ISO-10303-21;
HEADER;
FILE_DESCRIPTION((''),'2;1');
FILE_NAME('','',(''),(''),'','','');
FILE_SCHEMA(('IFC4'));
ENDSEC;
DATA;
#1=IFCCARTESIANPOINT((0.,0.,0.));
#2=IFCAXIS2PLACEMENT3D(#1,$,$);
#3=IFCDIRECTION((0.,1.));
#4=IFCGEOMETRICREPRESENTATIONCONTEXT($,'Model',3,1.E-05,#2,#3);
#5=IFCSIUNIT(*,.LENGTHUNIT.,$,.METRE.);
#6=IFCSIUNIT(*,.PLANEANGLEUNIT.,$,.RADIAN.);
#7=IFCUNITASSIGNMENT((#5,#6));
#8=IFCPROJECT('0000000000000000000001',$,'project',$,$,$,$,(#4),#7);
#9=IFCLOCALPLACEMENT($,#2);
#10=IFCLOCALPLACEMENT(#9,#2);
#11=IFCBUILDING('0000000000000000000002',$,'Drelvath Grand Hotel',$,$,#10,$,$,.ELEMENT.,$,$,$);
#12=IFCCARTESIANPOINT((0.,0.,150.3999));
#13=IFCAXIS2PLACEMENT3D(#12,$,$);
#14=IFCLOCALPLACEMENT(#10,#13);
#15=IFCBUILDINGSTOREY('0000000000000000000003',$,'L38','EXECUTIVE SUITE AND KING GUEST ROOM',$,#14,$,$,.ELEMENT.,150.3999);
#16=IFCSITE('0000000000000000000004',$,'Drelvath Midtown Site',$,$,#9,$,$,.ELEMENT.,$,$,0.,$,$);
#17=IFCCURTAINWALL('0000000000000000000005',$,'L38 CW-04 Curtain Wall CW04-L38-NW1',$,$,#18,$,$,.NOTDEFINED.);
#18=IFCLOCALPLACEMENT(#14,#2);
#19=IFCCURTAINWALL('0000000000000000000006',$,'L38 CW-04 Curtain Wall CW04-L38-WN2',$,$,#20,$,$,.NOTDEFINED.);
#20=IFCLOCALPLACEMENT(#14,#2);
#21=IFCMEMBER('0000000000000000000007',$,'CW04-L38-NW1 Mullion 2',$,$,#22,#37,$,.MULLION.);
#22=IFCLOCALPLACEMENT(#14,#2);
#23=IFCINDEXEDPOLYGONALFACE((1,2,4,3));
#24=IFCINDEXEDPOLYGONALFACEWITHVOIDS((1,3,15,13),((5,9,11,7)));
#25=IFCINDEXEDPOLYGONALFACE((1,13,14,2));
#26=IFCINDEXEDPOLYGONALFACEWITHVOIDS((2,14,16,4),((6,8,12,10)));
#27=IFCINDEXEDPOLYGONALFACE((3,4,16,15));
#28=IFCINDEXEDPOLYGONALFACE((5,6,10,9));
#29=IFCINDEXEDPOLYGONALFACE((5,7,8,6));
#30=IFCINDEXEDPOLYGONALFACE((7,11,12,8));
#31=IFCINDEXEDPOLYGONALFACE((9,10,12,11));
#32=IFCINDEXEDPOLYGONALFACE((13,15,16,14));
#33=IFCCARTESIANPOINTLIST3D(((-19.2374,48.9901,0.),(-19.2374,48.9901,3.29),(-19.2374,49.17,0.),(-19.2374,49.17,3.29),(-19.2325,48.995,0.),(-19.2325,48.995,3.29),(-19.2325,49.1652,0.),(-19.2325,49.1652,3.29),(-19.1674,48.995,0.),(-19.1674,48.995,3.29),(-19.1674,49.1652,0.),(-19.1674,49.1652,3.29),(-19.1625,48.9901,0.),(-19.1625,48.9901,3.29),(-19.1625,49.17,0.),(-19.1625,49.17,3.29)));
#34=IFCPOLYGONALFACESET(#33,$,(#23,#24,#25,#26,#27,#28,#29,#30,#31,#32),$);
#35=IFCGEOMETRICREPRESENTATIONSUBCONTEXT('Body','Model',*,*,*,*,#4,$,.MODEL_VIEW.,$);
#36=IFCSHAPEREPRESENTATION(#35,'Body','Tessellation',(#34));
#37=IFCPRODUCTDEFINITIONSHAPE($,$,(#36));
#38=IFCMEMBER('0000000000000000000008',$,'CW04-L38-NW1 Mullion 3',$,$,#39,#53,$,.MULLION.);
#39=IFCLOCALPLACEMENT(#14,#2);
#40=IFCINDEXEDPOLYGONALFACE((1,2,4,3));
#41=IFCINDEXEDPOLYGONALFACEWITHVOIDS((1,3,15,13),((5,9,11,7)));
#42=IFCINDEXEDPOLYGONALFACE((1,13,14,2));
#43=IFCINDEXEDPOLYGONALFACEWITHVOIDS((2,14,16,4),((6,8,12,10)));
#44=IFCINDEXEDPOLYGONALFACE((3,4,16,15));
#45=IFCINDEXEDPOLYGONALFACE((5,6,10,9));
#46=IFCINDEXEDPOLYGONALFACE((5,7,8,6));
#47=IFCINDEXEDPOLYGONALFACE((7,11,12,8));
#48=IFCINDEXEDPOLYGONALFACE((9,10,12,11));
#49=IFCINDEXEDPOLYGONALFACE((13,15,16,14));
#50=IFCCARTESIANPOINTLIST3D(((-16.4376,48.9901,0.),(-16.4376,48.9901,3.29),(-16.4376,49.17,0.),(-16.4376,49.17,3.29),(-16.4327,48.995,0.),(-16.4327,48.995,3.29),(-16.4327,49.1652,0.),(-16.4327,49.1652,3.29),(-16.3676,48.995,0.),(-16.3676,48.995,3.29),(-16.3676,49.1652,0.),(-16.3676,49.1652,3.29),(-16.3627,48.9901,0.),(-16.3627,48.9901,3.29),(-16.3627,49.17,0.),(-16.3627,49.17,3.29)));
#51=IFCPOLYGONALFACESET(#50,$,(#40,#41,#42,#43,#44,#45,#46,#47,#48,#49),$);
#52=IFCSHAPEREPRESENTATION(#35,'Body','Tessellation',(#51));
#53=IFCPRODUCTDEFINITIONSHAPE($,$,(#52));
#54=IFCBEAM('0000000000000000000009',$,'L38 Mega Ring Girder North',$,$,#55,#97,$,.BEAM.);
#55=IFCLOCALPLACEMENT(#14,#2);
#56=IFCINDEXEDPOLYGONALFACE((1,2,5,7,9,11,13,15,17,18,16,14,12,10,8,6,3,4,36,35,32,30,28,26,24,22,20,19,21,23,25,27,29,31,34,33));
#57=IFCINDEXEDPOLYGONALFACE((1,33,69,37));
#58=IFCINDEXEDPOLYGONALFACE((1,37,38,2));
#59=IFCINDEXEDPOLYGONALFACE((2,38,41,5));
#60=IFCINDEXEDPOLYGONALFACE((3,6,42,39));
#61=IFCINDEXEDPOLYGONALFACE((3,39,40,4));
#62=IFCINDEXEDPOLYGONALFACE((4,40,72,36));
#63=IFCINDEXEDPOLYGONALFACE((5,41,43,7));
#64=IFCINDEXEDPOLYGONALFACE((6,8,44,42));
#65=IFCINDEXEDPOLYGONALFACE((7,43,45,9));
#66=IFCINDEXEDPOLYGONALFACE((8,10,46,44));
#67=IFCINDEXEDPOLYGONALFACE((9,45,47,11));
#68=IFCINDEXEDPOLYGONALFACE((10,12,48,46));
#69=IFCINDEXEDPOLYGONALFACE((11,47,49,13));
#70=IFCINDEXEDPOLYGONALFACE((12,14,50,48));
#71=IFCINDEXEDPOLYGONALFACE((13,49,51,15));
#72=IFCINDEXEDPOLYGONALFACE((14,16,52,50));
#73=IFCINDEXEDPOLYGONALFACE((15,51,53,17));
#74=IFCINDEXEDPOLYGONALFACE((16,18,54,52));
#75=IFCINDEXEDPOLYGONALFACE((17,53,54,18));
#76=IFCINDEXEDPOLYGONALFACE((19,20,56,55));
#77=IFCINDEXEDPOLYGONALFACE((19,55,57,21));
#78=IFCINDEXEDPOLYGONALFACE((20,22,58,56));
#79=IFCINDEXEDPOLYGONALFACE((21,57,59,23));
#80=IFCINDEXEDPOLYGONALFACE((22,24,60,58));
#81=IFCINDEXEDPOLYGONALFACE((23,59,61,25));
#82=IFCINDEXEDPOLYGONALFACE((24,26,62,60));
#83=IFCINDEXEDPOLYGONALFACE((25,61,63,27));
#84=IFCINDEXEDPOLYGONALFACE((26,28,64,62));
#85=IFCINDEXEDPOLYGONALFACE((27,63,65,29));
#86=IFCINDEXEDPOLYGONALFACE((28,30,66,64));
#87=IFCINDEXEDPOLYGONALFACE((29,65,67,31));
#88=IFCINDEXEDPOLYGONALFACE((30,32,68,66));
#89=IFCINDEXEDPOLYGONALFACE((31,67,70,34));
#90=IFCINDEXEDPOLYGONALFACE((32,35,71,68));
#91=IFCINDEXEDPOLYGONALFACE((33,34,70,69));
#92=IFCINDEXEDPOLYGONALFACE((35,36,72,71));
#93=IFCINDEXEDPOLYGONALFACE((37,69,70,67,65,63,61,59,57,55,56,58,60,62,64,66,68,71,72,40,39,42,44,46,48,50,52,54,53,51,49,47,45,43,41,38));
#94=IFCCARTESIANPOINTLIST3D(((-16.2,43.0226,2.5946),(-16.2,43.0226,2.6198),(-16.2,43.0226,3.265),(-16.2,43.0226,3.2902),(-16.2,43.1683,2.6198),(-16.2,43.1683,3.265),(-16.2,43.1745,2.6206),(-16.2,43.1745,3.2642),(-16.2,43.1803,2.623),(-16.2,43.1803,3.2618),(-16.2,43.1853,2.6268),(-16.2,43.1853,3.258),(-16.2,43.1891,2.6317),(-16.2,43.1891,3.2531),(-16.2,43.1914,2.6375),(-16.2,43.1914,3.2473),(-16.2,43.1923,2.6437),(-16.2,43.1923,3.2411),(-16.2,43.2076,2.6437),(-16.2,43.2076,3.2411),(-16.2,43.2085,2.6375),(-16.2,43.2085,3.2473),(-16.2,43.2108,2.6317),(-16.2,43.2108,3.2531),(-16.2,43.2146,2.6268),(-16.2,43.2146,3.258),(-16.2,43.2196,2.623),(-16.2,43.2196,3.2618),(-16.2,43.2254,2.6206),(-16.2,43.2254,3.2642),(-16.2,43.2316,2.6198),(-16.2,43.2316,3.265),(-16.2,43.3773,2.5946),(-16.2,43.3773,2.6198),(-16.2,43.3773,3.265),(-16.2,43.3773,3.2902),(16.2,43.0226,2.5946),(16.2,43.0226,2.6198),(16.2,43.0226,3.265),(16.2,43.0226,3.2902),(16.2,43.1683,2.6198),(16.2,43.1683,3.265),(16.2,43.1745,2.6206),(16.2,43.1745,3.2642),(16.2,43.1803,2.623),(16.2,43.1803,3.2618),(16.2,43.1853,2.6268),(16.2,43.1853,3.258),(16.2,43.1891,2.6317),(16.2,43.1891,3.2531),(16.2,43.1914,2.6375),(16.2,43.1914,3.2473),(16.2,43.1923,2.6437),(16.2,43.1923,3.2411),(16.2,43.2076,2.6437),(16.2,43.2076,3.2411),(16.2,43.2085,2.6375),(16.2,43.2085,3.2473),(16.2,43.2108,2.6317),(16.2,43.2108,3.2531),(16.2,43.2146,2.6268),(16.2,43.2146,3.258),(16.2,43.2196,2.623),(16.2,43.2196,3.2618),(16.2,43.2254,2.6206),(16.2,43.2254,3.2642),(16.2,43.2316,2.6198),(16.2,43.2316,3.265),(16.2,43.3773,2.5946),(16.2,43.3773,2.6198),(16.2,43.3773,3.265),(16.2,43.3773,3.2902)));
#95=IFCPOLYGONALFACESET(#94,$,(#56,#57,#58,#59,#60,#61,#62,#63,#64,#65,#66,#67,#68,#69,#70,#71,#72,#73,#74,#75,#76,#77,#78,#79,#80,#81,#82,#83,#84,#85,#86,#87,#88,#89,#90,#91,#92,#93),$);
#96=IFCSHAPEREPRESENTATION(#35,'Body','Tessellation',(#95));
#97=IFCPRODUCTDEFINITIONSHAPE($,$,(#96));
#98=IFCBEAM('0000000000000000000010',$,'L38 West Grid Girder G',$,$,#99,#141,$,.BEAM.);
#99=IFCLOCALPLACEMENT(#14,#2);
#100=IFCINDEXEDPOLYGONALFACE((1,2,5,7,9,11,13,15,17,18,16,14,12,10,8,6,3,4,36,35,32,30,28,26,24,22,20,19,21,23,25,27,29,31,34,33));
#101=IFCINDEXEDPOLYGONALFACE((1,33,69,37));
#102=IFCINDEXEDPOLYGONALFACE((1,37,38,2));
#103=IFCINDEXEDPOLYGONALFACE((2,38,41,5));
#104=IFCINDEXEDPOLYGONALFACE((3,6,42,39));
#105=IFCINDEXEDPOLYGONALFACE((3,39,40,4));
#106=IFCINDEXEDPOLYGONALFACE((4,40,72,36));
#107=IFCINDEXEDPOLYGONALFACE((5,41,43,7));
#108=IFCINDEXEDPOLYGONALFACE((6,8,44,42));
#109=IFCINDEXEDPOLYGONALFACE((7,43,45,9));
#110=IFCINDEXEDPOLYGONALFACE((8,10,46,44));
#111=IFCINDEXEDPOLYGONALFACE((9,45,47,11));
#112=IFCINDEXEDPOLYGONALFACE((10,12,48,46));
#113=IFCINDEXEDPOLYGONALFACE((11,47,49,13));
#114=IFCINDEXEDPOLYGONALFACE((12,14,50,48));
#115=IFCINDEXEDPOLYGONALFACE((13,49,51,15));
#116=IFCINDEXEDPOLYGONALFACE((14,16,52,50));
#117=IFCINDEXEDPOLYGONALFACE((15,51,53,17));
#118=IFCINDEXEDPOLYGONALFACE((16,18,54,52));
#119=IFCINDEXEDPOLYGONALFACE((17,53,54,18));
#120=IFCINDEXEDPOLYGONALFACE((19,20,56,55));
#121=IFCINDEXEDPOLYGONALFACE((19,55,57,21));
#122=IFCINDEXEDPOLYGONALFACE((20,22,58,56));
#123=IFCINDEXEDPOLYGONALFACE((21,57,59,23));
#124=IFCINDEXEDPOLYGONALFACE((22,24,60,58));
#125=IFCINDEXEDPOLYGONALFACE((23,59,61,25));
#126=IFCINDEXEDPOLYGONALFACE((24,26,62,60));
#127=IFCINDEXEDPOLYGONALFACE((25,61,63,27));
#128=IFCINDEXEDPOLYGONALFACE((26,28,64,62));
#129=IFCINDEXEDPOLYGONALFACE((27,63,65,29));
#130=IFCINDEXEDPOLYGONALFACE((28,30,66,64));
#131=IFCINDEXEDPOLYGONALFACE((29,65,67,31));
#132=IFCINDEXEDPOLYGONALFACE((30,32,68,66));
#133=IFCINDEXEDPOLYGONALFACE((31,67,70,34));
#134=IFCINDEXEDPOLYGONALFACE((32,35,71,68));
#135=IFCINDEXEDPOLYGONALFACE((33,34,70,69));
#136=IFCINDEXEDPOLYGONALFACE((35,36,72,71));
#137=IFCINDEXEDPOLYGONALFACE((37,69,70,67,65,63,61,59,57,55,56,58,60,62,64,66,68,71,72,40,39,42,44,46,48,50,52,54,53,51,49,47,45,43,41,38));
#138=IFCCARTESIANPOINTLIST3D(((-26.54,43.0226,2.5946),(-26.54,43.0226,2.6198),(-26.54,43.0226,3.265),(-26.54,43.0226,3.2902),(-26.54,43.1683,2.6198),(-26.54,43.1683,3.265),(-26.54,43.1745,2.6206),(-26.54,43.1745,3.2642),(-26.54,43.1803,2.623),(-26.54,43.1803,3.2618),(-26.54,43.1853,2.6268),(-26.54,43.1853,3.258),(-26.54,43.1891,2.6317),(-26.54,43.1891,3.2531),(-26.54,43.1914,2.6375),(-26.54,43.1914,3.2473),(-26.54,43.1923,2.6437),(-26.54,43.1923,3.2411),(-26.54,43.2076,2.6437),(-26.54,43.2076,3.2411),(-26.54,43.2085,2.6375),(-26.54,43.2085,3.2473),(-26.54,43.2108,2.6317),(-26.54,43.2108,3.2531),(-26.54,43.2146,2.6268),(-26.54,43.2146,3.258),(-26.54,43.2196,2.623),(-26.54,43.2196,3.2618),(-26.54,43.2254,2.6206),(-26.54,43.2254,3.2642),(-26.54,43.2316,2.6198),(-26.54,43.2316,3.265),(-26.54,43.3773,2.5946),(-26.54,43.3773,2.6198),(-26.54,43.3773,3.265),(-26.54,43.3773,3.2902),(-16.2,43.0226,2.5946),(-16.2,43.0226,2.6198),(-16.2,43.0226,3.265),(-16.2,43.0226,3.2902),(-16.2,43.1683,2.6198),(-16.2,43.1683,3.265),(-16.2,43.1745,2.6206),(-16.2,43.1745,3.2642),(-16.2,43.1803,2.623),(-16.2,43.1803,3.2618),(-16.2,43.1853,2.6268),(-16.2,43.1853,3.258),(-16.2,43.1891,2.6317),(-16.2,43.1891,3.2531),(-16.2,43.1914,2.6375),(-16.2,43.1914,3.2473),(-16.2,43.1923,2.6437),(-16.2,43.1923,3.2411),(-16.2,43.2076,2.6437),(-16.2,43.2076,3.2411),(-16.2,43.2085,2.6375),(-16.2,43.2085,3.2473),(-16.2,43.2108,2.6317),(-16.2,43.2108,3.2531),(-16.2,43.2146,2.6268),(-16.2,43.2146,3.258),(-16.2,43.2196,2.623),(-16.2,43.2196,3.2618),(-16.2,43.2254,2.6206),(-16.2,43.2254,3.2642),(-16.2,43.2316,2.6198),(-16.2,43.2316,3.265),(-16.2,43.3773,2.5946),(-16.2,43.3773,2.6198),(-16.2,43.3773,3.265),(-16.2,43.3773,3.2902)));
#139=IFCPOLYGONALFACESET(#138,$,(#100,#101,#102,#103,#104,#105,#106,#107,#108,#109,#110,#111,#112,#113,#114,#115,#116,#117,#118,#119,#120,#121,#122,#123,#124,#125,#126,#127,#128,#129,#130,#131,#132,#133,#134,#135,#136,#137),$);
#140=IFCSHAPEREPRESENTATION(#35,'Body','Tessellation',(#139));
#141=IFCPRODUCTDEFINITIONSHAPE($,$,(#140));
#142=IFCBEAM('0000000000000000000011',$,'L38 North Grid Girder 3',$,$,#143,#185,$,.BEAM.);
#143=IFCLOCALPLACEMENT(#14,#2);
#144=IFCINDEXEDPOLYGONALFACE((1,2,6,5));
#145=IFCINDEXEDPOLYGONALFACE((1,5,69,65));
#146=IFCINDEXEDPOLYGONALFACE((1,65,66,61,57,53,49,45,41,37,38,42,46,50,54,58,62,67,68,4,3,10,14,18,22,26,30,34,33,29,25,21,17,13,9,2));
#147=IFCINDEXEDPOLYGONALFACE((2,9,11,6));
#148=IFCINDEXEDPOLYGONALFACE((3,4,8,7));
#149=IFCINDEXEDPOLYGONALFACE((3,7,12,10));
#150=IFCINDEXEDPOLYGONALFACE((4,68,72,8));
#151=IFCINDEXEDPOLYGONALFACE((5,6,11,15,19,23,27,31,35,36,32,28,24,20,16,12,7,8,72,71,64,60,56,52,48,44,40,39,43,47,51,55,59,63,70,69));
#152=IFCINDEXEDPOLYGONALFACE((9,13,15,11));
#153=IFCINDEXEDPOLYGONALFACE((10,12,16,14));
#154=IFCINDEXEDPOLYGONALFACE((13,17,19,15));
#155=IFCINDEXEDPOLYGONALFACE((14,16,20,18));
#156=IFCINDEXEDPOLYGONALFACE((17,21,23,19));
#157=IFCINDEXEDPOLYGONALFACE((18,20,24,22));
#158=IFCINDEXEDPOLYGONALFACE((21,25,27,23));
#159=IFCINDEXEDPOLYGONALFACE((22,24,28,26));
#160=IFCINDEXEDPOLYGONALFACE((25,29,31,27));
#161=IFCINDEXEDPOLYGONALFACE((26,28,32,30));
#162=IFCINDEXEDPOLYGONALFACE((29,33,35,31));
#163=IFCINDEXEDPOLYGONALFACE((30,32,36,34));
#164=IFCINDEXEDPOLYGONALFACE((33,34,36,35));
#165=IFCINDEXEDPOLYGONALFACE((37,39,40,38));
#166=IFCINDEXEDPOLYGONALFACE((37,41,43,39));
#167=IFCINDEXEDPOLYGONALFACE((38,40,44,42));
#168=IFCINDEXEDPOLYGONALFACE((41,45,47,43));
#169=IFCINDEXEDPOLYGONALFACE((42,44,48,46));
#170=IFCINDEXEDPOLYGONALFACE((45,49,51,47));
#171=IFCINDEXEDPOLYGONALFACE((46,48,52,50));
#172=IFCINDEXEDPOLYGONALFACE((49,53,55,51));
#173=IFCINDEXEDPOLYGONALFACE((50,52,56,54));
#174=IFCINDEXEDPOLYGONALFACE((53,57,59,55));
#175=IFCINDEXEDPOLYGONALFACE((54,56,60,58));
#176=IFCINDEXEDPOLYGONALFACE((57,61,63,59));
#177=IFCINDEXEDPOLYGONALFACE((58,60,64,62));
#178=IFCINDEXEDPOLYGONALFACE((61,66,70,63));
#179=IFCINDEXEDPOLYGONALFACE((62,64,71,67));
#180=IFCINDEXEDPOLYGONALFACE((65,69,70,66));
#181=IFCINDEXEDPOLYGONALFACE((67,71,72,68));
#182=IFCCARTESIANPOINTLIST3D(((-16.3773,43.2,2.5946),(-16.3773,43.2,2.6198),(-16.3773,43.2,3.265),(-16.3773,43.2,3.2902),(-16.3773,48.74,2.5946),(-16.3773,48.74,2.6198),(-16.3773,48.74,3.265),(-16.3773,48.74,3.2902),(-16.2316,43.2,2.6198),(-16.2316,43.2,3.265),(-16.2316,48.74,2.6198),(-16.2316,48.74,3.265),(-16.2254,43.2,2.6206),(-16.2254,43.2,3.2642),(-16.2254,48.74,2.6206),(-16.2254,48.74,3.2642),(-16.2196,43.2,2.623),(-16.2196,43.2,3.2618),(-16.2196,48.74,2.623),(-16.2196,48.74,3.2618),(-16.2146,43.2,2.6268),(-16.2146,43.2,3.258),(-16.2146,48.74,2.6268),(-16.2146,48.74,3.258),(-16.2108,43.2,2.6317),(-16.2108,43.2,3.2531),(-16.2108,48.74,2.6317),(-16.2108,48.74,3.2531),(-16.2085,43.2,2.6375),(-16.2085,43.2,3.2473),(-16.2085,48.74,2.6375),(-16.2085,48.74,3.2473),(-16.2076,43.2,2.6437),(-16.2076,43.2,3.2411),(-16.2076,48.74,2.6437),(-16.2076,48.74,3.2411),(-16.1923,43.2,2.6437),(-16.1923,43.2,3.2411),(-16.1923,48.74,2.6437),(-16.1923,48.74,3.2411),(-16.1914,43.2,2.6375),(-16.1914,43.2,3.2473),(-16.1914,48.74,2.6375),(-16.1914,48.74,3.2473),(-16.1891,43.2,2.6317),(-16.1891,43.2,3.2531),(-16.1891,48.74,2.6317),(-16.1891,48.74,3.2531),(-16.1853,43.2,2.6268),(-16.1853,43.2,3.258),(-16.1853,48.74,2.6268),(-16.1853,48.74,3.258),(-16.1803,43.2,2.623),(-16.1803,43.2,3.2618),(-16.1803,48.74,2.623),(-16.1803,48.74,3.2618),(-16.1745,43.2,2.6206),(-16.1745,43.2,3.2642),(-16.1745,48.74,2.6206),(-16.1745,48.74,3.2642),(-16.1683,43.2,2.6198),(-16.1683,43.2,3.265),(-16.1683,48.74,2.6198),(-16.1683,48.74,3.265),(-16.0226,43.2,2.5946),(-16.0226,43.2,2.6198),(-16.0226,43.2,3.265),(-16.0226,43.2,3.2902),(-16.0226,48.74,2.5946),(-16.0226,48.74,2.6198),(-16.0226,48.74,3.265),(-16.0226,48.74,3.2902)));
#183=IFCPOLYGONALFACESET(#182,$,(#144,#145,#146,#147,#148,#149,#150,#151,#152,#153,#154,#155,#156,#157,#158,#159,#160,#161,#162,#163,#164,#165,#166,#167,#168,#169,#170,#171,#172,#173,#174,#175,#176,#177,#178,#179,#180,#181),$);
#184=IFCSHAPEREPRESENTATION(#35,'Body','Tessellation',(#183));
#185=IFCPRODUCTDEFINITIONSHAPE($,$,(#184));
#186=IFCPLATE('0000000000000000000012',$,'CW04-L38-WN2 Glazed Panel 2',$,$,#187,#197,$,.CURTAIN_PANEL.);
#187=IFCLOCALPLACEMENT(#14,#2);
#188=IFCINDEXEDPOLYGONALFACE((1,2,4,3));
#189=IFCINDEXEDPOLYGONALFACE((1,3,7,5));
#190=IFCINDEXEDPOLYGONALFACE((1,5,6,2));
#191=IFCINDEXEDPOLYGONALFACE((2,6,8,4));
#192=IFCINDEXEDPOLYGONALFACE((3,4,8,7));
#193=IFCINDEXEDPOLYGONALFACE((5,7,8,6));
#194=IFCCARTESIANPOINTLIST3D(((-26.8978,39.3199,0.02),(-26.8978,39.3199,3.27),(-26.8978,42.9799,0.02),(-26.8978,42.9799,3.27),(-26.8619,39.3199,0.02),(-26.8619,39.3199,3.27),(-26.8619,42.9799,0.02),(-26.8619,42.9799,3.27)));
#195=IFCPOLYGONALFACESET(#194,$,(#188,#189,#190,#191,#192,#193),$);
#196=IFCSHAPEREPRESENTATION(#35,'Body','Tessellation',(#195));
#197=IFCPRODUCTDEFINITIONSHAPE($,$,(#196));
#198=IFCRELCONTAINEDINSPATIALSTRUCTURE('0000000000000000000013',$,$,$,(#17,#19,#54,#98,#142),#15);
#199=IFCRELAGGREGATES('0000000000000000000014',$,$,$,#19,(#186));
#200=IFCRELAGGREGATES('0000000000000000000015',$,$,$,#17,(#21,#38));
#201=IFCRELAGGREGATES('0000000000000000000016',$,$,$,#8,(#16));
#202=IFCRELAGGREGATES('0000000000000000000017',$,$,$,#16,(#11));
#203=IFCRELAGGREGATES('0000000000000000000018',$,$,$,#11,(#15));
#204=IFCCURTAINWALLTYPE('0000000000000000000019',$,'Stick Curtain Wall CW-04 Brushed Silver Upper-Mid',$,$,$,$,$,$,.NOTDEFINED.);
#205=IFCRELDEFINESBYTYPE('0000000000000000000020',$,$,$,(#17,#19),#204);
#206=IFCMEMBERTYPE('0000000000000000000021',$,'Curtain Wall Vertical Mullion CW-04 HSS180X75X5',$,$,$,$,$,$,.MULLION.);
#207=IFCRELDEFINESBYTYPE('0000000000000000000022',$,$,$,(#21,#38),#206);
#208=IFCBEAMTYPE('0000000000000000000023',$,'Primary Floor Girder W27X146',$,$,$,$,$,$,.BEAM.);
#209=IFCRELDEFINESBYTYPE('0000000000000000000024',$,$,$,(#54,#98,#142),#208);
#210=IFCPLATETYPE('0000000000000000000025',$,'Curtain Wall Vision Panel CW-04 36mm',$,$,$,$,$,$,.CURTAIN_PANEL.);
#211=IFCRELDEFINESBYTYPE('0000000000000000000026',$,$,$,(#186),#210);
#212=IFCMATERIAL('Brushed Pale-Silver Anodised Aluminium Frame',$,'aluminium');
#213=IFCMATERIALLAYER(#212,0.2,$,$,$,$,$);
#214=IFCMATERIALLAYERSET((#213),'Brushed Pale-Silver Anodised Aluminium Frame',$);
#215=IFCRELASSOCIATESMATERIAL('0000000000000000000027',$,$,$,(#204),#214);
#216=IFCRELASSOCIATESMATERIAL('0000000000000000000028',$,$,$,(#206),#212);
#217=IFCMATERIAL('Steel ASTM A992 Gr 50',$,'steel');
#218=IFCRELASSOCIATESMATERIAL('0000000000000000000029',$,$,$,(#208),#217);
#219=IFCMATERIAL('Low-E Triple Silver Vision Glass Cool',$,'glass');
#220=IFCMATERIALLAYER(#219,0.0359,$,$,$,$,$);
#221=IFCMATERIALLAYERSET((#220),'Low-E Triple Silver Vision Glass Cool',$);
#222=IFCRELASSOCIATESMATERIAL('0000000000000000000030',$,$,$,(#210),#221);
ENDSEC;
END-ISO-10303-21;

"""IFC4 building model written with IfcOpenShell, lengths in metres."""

from ifc_helpers import new_model, si_unit, direction, frame, origin, origin_2d, place, context, subcontext, project, spatial, rectangle, hollow_rectangle, i_section, extrude, material, layer, layer_set, material_profile, profile_set, type_object, element, aggregate, save


model = new_model("IFC4")

# Units and contexts
model_context = context("Model", 3, precision=1e-05, world=origin(), true_north=direction((0.0, 1.0)))
body_context = subcontext(model_context, "Body", "Model", "MODEL_VIEW")
ifc_project = project(units=[si_unit("LENGTHUNIT", "METRE"), si_unit("PLANEANGLEUNIT", "RADIAN")], contexts=[model_context])

# Site, building, storey
site_placement = place(None, origin())
site = spatial("IfcSite", under=ifc_project, at=site_placement, Name="Drelvath Midtown Site", CompositionType="ELEMENT", RefElevation=0.0)
building_placement = place(site_placement, origin())
building = spatial("IfcBuilding", under=site, at=building_placement, Name="Drelvath Grand Hotel", CompositionType="ELEMENT")
storey_placement = place(building_placement, frame((0.0, 0.0, 150.3999)))
storey = spatial("IfcBuildingStorey", under=building, at=storey_placement, Name="L38", Description="EXECUTIVE SUITE AND KING GUEST ROOM", CompositionType="ELEMENT", Elevation=150.3999)

# Shared definitions
ifc_material_1 = material(Name="Steel ASTM A992 Gr 50", Category="steel")

# Curtain wall
ifc_material_2 = material(Name="Brushed Pale-Silver Anodised Aluminium Frame", Category="aluminium")
ifc_layer_1 = layer(ifc_material_2, 0.2)
ifc_layer_set_1 = layer_set([ifc_layer_1], Name="Brushed Pale-Silver Anodised Aluminium Frame")
curtain_wall_type = type_object("IfcCurtainWallType", Name="Stick Curtain Wall CW-04 Brushed Silver Upper-Mid", PredefinedType="NOTDEFINED", material=ifc_layer_set_1)
curtain_wall_1_placement = place(storey_placement, origin())
curtain_wall_1 = element("IfcCurtainWall", 1, at=curtain_wall_1_placement, inside=storey, type_object=curtain_wall_type, Name="L38 CW-04 Curtain Wall CW04-L38-NW1", PredefinedType="NOTDEFINED")

# Curtain wall
curtain_wall_2_placement = place(storey_placement, origin())
curtain_wall_2 = element("IfcCurtainWall", 2, at=curtain_wall_2_placement, inside=storey, type_object=curtain_wall_type, Name="L38 CW-04 Curtain Wall CW04-L38-WN2", PredefinedType="NOTDEFINED")
ifc_material_profile_1 = material_profile(ifc_material_2, hollow_rectangle(XDim=0.075, YDim=0.1799, WallThickness=0.0049, at=origin_2d()), Name="HSS180X75X5")
ifc_profile_set_1 = profile_set([ifc_material_profile_1], Name="Brushed Pale-Silver Anodised Aluminium Frame")
member_type_1 = type_object("IfcMemberType", Name="Curtain Wall Vertical Mullion CW-04 HSS180X75X5", PredefinedType="MULLION", material=ifc_profile_set_1)

# Members
member_1_placement = place(storey_placement, frame((-19.2, 49.0801, 0.0), z_axis=(0.0, 0.0, 1.0), x_axis=(1.0, 0.0, 0.0)))
member_1 = element("IfcMember", 3, at=member_1_placement, type_object=member_type_1, Name="CW04-L38-NW1 Mullion 2", PredefinedType="MULLION", context=body_context, shape_type="SweptSolid", body=[
    extrude(hollow_rectangle(XDim=0.075, YDim=0.1799, WallThickness=0.0049, at=origin_2d()), origin(), (0.0, 0.0, 1.0), 3.29),
])
member_2_placement = place(storey_placement, frame((-16.4001, 49.0801, 0.0), z_axis=(0.0, 0.0, 1.0), x_axis=(1.0, 0.0, 0.0)))
member_2 = element("IfcMember", 4, at=member_2_placement, type_object=member_type_1, Name="CW04-L38-NW1 Mullion 3", PredefinedType="MULLION", context=body_context, shape_type="SweptSolid", body=[
    extrude(hollow_rectangle(XDim=0.075, YDim=0.1799, WallThickness=0.0049, at=origin_2d()), origin(), (0.0, 0.0, 1.0), 3.29),
])

# Beams
ifc_material_profile_2 = material_profile(ifc_material_1, i_section(OverallWidth=0.3547, OverallDepth=0.6956, WebThickness=0.0154, FlangeThickness=0.0251, FilletRadius=0.0239, at=origin_2d()), Name="W27X146")
ifc_profile_set_2 = profile_set([ifc_material_profile_2], Name="Steel ASTM A992 Gr 50")
beam_type_1 = type_object("IfcBeamType", Name="Primary Floor Girder W27X146", PredefinedType="BEAM", material=ifc_profile_set_2)
beam_1_placement = place(storey_placement, frame((-16.2, 43.2, 2.9424), z_axis=(1.0, 0.0, 0.0), x_axis=(0.0, 1.0, 0.0)))
element("IfcBeam", 5, at=beam_1_placement, inside=storey, type_object=beam_type_1, Name="L38 Mega Ring Girder North", PredefinedType="BEAM", context=body_context, shape_type="SweptSolid", body=[
    extrude(i_section(OverallWidth=0.3547, OverallDepth=0.6956, WebThickness=0.0154, FlangeThickness=0.0251, FilletRadius=0.0239, at=origin_2d()), origin(), (0.0, 0.0, 1.0), 32.3999),
])
beam_2_placement = place(storey_placement, frame((-26.54, 43.2, 2.9424), z_axis=(1.0, 0.0, 0.0), x_axis=(0.0, 1.0, 0.0)))
element("IfcBeam", 6, at=beam_2_placement, inside=storey, type_object=beam_type_1, Name="L38 West Grid Girder G", PredefinedType="BEAM", context=body_context, shape_type="SweptSolid", body=[
    extrude(i_section(OverallWidth=0.3547, OverallDepth=0.6956, WebThickness=0.0154, FlangeThickness=0.0251, FilletRadius=0.0239, at=origin_2d()), origin(), (0.0, 0.0, 1.0), 10.3401),
])
beam_3_placement = place(storey_placement, frame((-16.2, 43.2, 2.9424), z_axis=(0.0, 1.0, 0.0), x_axis=(-1.0, 0.0, 0.0)))
element("IfcBeam", 7, at=beam_3_placement, inside=storey, type_object=beam_type_1, Name="L38 North Grid Girder 3", PredefinedType="BEAM", context=body_context, shape_type="SweptSolid", body=[
    extrude(i_section(OverallWidth=0.3547, OverallDepth=0.6956, WebThickness=0.0154, FlangeThickness=0.0251, FilletRadius=0.0239, at=origin_2d()), origin(), (0.0, 0.0, 1.0), 5.54),
])

# Plate
ifc_material_3 = material(Name="Low-E Triple Silver Vision Glass Cool", Category="glass")
ifc_layer_2 = layer(ifc_material_3, 0.0359)
ifc_layer_set_2 = layer_set([ifc_layer_2], Name="Low-E Triple Silver Vision Glass Cool")
plate_type = type_object("IfcPlateType", Name="Curtain Wall Vision Panel CW-04 36mm", PredefinedType="CURTAIN_PANEL", material=ifc_layer_set_2)
plate_1_placement = place(storey_placement, frame((-26.8799, 41.1499, 0.02), z_axis=(0.0, 0.0, 1.0), x_axis=(0.0, 1.0, 0.0)))
plate_1 = element("IfcPlate", 8, at=plate_1_placement, type_object=plate_type, Name="CW04-L38-WN2 Glazed Panel 2", PredefinedType="CURTAIN_PANEL", context=body_context, shape_type="SweptSolid", body=[
    extrude(rectangle(XDim=3.6599, YDim=0.0359, at=origin_2d()), origin(), (0.0, 0.0, 1.0), 3.25),
])
aggregate(curtain_wall_2, [plate_1])
aggregate(curtain_wall_1, [member_1, member_2])

save(model, "model.ifc")
